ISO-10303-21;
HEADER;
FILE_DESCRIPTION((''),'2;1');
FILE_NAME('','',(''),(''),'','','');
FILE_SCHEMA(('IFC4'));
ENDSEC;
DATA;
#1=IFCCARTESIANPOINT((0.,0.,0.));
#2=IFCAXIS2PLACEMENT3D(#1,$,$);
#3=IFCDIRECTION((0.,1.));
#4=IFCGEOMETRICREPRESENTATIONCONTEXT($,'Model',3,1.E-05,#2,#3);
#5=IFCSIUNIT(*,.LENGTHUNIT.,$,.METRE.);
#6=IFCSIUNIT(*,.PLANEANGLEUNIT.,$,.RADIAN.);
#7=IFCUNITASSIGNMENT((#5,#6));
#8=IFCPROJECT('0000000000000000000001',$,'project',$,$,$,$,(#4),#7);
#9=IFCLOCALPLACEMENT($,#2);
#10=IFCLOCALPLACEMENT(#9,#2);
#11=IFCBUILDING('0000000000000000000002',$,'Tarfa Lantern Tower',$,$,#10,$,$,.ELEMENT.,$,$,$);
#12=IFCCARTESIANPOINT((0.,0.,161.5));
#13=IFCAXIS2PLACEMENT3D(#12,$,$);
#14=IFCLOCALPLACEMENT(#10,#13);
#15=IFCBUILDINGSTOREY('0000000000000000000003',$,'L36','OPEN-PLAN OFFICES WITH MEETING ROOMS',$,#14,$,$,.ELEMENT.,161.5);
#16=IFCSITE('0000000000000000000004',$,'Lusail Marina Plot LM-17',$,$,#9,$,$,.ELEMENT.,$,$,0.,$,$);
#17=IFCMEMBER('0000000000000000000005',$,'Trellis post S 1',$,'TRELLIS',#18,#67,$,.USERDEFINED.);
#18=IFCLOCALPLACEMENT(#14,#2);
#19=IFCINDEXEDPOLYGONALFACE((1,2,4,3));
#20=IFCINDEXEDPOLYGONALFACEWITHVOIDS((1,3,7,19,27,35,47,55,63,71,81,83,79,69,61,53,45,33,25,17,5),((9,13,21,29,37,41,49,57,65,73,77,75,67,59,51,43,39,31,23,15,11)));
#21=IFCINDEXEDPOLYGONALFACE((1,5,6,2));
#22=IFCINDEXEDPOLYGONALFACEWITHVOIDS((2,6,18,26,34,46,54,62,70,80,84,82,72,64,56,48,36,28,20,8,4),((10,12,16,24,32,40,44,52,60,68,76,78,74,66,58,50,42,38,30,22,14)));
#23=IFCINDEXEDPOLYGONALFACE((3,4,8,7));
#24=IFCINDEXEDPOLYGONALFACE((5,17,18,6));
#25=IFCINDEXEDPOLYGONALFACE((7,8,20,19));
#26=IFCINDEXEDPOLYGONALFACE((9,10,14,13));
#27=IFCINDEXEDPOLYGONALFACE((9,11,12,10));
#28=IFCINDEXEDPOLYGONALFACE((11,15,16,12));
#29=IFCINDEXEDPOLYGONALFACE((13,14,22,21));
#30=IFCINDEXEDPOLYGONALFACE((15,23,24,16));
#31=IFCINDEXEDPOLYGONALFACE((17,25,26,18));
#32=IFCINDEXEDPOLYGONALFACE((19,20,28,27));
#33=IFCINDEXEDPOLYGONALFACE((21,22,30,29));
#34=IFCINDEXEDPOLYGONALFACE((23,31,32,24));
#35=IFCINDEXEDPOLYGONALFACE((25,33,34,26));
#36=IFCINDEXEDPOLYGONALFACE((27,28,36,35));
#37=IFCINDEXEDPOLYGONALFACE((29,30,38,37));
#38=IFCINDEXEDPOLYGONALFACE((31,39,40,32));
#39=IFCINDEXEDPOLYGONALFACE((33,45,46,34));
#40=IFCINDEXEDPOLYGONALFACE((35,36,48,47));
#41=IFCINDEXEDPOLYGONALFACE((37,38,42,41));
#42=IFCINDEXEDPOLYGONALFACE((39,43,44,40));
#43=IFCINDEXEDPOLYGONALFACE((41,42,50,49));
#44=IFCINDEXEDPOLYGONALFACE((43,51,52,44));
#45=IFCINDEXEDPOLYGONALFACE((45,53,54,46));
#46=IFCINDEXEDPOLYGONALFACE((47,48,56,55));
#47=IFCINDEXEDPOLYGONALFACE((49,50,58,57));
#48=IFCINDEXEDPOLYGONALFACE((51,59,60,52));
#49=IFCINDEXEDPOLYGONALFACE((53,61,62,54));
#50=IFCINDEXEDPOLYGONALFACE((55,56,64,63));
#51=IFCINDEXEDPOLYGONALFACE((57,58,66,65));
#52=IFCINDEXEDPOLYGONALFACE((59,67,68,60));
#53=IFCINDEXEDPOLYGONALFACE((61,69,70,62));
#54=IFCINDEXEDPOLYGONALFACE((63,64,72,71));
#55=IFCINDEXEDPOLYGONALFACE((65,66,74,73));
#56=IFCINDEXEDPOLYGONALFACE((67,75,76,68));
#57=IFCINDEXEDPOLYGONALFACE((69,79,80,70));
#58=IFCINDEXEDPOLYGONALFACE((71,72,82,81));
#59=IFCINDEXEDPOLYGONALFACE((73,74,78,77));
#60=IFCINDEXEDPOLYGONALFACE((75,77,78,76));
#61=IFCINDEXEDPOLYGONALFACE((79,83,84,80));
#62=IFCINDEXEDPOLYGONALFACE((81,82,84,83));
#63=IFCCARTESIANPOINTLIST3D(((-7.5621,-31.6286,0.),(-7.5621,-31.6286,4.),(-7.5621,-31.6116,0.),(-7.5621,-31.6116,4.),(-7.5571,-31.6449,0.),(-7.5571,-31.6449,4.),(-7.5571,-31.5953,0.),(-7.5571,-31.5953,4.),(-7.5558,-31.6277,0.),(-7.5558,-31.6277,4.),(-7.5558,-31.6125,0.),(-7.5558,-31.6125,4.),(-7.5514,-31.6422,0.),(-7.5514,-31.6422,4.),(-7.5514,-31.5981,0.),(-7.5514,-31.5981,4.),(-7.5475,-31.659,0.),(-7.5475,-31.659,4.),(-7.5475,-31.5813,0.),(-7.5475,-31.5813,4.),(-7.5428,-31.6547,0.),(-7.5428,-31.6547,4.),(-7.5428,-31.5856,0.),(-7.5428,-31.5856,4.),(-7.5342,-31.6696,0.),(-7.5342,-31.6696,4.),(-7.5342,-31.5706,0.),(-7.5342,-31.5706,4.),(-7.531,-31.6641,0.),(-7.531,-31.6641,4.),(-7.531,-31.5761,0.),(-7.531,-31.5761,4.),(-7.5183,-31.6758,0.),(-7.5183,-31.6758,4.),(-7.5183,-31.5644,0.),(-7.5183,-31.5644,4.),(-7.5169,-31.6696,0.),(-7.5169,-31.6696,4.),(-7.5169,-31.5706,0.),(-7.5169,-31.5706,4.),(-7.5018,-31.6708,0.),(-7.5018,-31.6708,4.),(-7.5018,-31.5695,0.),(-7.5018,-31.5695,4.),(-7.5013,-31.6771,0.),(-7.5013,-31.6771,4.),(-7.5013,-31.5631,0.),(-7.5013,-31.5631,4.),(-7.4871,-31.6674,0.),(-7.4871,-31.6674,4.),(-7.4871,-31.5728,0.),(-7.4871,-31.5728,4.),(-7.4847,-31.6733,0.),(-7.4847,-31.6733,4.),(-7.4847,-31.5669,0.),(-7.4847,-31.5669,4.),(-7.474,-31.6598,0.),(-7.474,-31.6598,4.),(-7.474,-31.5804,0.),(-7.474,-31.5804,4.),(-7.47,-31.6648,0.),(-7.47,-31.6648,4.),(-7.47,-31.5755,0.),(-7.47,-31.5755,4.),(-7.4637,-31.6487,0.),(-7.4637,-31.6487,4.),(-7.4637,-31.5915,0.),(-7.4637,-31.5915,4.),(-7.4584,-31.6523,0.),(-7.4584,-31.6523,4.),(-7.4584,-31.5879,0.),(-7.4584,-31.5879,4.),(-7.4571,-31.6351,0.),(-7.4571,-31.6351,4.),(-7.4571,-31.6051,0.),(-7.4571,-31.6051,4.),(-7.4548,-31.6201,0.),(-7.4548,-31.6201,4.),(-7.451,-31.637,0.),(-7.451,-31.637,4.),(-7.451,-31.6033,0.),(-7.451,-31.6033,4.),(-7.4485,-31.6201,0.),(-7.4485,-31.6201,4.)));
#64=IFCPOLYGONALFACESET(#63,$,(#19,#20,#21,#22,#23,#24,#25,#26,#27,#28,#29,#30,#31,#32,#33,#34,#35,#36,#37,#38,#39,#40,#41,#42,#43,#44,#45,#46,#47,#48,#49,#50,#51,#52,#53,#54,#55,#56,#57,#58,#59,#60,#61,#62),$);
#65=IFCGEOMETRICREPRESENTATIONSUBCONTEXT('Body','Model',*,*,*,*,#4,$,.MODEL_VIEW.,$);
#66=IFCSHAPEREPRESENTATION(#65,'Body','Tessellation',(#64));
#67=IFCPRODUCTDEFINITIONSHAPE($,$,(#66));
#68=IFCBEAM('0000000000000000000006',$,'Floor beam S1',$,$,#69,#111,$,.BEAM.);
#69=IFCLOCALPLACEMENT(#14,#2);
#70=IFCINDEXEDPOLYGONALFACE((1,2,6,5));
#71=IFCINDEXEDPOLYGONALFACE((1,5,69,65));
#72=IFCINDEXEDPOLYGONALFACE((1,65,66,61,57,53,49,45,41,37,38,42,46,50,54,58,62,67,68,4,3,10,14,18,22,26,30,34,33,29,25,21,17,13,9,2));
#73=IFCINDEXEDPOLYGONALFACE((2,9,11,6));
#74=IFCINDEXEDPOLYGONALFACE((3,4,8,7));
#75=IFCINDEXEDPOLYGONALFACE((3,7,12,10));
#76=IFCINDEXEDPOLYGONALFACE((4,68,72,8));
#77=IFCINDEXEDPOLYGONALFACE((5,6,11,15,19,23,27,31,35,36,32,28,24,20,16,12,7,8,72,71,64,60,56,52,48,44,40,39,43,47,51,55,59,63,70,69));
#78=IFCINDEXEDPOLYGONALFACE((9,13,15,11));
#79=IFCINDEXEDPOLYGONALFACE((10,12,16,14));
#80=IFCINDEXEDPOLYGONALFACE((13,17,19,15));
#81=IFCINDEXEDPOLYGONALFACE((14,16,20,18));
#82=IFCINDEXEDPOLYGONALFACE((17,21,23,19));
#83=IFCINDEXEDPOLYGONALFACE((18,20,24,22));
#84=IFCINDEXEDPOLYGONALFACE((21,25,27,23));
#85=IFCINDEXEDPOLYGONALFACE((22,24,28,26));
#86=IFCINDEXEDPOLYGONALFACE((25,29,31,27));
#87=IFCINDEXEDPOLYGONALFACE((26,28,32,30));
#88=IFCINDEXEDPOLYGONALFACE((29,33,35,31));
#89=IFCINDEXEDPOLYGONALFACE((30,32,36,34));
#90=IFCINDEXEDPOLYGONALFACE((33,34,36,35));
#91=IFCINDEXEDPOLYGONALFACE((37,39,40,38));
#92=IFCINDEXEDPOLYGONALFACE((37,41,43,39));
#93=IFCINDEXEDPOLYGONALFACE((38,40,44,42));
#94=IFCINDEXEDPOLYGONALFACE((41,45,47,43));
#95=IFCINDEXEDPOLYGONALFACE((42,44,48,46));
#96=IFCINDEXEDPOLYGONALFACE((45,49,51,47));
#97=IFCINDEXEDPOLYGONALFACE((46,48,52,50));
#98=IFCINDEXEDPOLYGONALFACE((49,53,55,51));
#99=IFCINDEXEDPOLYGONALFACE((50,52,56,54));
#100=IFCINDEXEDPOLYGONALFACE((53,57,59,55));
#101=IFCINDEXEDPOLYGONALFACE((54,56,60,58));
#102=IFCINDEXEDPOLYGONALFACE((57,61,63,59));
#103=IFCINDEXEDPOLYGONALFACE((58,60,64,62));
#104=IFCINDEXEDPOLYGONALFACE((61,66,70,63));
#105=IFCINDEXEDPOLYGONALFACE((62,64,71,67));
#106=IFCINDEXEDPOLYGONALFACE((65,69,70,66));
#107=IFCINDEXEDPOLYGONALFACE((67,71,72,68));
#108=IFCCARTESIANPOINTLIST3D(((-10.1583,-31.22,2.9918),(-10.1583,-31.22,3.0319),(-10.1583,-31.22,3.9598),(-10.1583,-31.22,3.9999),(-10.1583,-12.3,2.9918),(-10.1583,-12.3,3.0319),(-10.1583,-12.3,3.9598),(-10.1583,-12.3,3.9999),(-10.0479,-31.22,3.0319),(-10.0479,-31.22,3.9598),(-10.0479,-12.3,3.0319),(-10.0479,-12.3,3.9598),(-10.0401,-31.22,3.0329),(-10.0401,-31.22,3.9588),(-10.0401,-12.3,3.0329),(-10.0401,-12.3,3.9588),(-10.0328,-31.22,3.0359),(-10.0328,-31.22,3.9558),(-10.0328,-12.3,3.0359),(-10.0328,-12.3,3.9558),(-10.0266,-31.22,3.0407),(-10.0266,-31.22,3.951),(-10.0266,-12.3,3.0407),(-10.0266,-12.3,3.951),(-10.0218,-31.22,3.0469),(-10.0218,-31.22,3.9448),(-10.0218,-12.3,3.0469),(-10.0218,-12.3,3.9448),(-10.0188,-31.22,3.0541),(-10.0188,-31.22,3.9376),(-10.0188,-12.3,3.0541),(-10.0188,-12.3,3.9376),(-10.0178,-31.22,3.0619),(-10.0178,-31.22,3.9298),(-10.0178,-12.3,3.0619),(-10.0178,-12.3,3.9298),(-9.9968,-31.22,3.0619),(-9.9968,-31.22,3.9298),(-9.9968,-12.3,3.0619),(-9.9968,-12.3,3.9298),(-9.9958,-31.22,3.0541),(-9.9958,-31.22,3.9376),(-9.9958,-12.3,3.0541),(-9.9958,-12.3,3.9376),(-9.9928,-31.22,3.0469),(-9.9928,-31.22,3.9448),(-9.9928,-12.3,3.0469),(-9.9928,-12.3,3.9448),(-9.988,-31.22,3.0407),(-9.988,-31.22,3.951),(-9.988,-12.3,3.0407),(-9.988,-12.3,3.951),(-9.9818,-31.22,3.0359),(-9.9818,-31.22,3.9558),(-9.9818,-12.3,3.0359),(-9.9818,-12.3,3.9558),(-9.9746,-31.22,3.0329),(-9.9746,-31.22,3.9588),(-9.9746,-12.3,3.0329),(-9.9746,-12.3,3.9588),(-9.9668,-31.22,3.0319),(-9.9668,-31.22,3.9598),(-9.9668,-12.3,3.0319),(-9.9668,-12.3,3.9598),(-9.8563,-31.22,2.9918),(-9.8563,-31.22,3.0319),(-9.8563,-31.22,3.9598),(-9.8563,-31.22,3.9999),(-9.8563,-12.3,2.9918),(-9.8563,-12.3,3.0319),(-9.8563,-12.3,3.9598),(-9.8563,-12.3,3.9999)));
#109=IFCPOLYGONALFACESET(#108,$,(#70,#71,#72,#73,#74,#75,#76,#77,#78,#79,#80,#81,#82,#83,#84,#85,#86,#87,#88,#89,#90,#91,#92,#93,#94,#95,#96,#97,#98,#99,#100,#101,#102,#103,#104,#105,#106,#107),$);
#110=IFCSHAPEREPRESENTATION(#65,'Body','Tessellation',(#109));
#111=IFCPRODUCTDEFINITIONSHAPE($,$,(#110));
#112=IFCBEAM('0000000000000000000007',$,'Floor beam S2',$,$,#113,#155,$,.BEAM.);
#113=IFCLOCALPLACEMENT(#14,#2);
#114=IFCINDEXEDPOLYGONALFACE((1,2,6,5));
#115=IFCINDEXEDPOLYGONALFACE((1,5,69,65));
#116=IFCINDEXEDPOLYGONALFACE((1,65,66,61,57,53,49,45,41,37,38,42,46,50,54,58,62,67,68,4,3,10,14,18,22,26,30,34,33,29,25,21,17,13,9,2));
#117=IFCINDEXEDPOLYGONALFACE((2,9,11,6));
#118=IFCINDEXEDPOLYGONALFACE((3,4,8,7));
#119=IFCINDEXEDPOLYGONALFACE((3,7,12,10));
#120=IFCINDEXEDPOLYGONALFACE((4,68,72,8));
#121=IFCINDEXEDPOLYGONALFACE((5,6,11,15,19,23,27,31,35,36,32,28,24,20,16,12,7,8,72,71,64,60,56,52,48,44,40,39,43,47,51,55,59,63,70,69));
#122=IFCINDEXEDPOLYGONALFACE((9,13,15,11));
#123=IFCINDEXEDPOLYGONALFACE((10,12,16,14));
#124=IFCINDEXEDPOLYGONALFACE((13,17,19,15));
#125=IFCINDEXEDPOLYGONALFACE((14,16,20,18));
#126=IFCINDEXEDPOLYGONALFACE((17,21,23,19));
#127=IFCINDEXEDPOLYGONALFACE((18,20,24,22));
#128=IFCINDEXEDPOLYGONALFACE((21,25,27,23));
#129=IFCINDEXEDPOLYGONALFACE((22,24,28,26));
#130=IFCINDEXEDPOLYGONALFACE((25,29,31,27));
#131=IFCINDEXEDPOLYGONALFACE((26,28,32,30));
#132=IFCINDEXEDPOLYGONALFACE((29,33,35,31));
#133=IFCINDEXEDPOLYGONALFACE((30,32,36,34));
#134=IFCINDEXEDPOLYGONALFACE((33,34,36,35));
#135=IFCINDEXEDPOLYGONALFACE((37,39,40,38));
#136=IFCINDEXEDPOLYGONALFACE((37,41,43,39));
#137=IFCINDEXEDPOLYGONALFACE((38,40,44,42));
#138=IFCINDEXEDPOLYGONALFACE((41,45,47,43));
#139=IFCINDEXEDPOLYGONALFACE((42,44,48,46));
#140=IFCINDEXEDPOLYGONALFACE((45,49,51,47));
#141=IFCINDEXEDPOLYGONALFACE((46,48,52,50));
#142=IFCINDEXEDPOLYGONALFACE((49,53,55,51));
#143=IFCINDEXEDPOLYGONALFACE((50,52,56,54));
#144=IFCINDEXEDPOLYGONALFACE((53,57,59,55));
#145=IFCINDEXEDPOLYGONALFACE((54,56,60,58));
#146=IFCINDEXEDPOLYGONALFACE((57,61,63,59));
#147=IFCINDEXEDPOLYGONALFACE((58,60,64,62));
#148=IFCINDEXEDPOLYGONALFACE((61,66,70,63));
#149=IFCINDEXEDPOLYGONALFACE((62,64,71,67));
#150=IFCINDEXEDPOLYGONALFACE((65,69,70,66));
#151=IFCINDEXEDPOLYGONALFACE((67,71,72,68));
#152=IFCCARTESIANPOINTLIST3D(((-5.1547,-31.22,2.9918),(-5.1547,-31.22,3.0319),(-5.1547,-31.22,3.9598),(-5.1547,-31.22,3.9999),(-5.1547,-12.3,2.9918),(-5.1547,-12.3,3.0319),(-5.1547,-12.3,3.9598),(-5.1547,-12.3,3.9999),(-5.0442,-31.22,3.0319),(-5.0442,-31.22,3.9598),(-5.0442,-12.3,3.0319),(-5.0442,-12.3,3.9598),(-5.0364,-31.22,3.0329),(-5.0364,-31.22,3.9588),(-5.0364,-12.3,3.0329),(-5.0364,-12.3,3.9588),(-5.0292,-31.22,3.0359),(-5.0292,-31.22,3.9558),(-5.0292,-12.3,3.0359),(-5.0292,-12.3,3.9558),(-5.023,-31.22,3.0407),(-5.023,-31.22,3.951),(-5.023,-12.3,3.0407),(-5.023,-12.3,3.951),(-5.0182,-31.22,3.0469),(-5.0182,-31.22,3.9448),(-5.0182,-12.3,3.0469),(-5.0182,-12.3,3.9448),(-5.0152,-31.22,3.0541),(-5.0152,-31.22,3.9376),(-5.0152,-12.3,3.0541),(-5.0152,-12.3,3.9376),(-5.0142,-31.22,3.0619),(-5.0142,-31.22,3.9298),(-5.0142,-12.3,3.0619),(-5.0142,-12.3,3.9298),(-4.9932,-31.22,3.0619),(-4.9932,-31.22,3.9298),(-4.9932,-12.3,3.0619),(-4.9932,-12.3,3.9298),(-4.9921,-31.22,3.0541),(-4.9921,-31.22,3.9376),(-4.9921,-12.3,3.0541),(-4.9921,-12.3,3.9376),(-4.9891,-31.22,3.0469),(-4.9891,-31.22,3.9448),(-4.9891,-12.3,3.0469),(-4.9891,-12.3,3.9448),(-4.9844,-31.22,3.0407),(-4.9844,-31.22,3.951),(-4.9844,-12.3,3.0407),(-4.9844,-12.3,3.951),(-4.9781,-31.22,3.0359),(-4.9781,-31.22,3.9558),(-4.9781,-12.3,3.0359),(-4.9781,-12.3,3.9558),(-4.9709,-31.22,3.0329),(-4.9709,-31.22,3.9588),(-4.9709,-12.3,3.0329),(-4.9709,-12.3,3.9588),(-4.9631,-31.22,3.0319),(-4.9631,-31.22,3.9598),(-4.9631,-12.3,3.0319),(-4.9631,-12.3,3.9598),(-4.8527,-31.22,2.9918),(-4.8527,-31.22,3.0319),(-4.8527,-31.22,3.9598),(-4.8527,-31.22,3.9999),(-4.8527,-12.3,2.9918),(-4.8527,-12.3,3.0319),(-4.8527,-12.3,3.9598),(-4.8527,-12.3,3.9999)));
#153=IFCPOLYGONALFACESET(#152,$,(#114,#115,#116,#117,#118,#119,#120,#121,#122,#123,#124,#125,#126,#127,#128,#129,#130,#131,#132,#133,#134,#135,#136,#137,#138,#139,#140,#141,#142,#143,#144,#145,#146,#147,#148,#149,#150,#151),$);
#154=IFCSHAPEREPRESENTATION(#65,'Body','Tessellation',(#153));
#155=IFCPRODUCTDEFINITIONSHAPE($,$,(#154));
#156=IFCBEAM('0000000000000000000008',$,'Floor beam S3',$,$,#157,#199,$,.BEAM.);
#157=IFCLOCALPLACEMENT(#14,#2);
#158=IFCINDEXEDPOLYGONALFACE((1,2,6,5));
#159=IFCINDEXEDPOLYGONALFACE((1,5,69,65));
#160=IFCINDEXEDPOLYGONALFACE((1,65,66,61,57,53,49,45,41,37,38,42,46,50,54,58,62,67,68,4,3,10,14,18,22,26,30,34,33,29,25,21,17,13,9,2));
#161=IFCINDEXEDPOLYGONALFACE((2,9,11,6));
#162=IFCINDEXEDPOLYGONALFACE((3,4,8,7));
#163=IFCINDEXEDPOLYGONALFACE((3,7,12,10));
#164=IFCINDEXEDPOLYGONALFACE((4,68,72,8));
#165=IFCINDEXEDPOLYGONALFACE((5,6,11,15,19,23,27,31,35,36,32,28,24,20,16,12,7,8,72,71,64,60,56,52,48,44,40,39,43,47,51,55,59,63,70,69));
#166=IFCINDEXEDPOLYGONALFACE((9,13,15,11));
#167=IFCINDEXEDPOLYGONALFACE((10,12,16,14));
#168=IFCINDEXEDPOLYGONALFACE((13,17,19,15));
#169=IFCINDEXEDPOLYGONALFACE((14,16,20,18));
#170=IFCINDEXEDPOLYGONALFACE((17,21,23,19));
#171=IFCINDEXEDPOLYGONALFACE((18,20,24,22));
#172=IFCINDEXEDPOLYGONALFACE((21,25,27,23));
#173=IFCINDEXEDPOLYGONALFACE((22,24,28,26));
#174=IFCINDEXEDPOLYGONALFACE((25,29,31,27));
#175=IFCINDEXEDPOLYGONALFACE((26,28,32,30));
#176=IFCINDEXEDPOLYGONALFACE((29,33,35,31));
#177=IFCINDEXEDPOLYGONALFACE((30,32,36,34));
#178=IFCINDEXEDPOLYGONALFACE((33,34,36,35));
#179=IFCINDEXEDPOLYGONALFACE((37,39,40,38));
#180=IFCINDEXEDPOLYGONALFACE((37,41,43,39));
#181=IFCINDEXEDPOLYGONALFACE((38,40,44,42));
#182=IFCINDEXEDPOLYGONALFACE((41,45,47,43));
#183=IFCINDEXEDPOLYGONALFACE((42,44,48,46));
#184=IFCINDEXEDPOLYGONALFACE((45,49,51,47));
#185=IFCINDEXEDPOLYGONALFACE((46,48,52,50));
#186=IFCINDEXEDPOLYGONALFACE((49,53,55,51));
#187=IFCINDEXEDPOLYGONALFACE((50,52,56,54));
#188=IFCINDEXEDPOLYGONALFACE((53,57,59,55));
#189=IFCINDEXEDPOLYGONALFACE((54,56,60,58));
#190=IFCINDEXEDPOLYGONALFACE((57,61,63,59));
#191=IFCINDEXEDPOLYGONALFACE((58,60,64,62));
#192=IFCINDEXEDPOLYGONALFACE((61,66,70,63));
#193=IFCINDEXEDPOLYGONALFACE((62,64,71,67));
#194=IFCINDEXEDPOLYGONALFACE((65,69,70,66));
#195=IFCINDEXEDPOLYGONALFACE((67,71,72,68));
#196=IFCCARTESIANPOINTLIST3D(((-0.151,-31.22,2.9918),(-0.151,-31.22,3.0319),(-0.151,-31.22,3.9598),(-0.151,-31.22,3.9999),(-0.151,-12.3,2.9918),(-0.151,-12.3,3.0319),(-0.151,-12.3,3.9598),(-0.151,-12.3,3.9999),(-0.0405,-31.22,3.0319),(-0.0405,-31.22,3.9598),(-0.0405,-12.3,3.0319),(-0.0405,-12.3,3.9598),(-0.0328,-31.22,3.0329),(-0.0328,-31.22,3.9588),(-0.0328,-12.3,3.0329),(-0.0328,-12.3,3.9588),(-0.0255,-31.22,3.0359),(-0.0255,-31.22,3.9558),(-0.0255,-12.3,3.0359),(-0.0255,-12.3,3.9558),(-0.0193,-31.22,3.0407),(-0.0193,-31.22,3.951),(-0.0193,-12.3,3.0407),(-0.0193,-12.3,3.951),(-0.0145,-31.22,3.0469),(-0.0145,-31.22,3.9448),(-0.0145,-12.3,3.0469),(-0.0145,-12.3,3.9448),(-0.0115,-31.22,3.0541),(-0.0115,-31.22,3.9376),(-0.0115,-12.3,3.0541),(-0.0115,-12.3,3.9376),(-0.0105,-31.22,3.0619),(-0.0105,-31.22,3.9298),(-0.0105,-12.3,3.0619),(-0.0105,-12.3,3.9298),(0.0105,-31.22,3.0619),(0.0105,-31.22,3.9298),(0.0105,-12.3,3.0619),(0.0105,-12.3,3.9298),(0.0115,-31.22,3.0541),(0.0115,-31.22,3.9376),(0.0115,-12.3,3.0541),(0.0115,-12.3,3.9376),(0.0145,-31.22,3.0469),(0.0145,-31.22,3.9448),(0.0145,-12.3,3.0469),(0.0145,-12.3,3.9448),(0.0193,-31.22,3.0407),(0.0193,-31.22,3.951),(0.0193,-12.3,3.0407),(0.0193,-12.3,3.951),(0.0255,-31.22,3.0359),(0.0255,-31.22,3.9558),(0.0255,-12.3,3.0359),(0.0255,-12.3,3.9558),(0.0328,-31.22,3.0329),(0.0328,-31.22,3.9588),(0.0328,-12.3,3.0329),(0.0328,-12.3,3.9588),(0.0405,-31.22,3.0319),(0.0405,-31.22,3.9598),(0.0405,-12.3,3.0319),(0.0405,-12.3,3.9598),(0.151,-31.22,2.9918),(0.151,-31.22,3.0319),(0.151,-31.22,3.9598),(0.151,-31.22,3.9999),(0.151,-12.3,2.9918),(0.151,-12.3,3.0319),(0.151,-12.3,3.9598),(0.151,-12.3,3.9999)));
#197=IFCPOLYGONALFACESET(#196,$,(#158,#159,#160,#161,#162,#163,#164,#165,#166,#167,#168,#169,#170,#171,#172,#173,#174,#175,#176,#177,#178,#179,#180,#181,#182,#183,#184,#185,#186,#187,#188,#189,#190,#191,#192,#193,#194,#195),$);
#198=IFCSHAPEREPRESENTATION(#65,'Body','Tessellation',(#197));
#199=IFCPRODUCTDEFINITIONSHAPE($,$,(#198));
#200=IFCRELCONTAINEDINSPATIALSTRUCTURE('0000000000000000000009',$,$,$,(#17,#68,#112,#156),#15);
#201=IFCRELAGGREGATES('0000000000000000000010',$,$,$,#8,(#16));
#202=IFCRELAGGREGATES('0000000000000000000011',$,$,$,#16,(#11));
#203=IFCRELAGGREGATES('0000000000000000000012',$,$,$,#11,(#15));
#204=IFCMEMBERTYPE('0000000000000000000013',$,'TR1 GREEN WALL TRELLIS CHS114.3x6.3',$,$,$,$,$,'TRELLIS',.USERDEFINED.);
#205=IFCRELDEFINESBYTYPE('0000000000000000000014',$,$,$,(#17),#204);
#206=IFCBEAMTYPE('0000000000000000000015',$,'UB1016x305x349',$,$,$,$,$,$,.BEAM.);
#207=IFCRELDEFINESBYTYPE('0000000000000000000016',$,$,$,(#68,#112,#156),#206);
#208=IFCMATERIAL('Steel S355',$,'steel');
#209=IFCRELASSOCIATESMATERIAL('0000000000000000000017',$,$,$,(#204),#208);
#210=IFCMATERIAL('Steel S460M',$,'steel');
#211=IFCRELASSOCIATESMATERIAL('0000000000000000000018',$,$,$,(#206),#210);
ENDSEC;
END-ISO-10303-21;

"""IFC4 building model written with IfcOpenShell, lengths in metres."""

from ifc_helpers import new_model, si_unit, direction, frame, origin, origin_2d, place, context, subcontext, project, spatial, hollow_circle, i_section, extrude, material, material_profile, profile_set, type_object, element, save


model = new_model("IFC4")

# Units and contexts
model_context = context("Model", 3, precision=1e-05, world=origin(), true_north=direction((0.0, 1.0)))
body_context = subcontext(model_context, "Body", "Model", "MODEL_VIEW")
ifc_project = project(units=[si_unit("LENGTHUNIT", "METRE"), si_unit("PLANEANGLEUNIT", "RADIAN")], contexts=[model_context])

# Site, building, storey
site_placement = place(None, origin())
site = spatial("IfcSite", under=ifc_project, at=site_placement, Name="Lusail Marina Plot LM-17", CompositionType="ELEMENT", RefElevation=0.0)
building_placement = place(site_placement, origin())
building = spatial("IfcBuilding", under=site, at=building_placement, Name="Tarfa Lantern Tower", CompositionType="ELEMENT")
storey_placement = place(building_placement, frame((0.0, 0.0, 161.5)))
storey = spatial("IfcBuildingStorey", under=building, at=storey_placement, Name="L36", Description="OPEN-PLAN OFFICES WITH MEETING ROOMS", CompositionType="ELEMENT", Elevation=161.5)

# Member
ifc_material_1 = material(Name="Steel S355", Category="steel")
ifc_material_profile_1 = material_profile(ifc_material_1, hollow_circle(Radius=0.0571, WallThickness=0.0063, at=origin_2d()), Name="CHS114.3x6.3")
ifc_profile_set_1 = profile_set([ifc_material_profile_1], Name="Steel S355")
member_type_1 = type_object("IfcMemberType", Name="TR1 GREEN WALL TRELLIS CHS114.3x6.3", ElementType="TRELLIS", PredefinedType="USERDEFINED", material=ifc_profile_set_1)
member_1_placement = place(storey_placement, frame((-7.5056, -31.6201, 0.0), z_axis=(0.0, 0.0, 1.0), x_axis=(1.0, 0.0, 0.0)))
element("IfcMember", 1, at=member_1_placement, inside=storey, type_object=member_type_1, Name="Trellis post S 1", ObjectType="TRELLIS", PredefinedType="USERDEFINED", context=body_context, shape_type="SweptSolid", body=[
    extrude(hollow_circle(Radius=0.0571, WallThickness=0.0063, at=origin_2d()), origin(), (0.0, 0.0, 1.0), 4.0),
])

# Beams
ifc_material_2 = material(Name="Steel S460M", Category="steel")
ifc_material_profile_2 = material_profile(ifc_material_2, i_section(OverallWidth=0.302, OverallDepth=1.0081, WebThickness=0.021, FlangeThickness=0.04, FilletRadius=0.03, at=origin_2d()), Name="UB1016x305x349")
ifc_profile_set_2 = profile_set([ifc_material_profile_2], Name="Steel S460M")
beam_type_1 = type_object("IfcBeamType", Name="UB1016x305x349", PredefinedType="BEAM", material=ifc_profile_set_2)
for number, where, z_axis, x_axis, name in (
    (2, (-10.0073, -31.22, 3.4958), (0.0, 1.0, 0.0), (-1.0, 0.0, 0.0), "Floor beam S1"),
    (3, (-5.0037, -31.22, 3.4958), (0.0, 1.0, 0.0), (-1.0, 0.0, 0.0), "Floor beam S2"),
    (4, (0.0, -31.22, 3.4958), (0.0, 1.0, 0.0), (-1.0, 0.0, 0.0), "Floor beam S3"),
):
    element("IfcBeam", number, at=place(storey_placement, frame(where, z_axis=z_axis, x_axis=x_axis)), inside=storey, type_object=beam_type_1, Name=name, PredefinedType="BEAM", context=body_context, shape_type="SweptSolid", body=[
        extrude(i_section(OverallWidth=0.302, OverallDepth=1.0081, WebThickness=0.021, FlangeThickness=0.04, FilletRadius=0.03, at=origin_2d()), origin(), (0.0, 0.0, 1.0), 18.9199),
    ])

save(model, "model.ifc")
